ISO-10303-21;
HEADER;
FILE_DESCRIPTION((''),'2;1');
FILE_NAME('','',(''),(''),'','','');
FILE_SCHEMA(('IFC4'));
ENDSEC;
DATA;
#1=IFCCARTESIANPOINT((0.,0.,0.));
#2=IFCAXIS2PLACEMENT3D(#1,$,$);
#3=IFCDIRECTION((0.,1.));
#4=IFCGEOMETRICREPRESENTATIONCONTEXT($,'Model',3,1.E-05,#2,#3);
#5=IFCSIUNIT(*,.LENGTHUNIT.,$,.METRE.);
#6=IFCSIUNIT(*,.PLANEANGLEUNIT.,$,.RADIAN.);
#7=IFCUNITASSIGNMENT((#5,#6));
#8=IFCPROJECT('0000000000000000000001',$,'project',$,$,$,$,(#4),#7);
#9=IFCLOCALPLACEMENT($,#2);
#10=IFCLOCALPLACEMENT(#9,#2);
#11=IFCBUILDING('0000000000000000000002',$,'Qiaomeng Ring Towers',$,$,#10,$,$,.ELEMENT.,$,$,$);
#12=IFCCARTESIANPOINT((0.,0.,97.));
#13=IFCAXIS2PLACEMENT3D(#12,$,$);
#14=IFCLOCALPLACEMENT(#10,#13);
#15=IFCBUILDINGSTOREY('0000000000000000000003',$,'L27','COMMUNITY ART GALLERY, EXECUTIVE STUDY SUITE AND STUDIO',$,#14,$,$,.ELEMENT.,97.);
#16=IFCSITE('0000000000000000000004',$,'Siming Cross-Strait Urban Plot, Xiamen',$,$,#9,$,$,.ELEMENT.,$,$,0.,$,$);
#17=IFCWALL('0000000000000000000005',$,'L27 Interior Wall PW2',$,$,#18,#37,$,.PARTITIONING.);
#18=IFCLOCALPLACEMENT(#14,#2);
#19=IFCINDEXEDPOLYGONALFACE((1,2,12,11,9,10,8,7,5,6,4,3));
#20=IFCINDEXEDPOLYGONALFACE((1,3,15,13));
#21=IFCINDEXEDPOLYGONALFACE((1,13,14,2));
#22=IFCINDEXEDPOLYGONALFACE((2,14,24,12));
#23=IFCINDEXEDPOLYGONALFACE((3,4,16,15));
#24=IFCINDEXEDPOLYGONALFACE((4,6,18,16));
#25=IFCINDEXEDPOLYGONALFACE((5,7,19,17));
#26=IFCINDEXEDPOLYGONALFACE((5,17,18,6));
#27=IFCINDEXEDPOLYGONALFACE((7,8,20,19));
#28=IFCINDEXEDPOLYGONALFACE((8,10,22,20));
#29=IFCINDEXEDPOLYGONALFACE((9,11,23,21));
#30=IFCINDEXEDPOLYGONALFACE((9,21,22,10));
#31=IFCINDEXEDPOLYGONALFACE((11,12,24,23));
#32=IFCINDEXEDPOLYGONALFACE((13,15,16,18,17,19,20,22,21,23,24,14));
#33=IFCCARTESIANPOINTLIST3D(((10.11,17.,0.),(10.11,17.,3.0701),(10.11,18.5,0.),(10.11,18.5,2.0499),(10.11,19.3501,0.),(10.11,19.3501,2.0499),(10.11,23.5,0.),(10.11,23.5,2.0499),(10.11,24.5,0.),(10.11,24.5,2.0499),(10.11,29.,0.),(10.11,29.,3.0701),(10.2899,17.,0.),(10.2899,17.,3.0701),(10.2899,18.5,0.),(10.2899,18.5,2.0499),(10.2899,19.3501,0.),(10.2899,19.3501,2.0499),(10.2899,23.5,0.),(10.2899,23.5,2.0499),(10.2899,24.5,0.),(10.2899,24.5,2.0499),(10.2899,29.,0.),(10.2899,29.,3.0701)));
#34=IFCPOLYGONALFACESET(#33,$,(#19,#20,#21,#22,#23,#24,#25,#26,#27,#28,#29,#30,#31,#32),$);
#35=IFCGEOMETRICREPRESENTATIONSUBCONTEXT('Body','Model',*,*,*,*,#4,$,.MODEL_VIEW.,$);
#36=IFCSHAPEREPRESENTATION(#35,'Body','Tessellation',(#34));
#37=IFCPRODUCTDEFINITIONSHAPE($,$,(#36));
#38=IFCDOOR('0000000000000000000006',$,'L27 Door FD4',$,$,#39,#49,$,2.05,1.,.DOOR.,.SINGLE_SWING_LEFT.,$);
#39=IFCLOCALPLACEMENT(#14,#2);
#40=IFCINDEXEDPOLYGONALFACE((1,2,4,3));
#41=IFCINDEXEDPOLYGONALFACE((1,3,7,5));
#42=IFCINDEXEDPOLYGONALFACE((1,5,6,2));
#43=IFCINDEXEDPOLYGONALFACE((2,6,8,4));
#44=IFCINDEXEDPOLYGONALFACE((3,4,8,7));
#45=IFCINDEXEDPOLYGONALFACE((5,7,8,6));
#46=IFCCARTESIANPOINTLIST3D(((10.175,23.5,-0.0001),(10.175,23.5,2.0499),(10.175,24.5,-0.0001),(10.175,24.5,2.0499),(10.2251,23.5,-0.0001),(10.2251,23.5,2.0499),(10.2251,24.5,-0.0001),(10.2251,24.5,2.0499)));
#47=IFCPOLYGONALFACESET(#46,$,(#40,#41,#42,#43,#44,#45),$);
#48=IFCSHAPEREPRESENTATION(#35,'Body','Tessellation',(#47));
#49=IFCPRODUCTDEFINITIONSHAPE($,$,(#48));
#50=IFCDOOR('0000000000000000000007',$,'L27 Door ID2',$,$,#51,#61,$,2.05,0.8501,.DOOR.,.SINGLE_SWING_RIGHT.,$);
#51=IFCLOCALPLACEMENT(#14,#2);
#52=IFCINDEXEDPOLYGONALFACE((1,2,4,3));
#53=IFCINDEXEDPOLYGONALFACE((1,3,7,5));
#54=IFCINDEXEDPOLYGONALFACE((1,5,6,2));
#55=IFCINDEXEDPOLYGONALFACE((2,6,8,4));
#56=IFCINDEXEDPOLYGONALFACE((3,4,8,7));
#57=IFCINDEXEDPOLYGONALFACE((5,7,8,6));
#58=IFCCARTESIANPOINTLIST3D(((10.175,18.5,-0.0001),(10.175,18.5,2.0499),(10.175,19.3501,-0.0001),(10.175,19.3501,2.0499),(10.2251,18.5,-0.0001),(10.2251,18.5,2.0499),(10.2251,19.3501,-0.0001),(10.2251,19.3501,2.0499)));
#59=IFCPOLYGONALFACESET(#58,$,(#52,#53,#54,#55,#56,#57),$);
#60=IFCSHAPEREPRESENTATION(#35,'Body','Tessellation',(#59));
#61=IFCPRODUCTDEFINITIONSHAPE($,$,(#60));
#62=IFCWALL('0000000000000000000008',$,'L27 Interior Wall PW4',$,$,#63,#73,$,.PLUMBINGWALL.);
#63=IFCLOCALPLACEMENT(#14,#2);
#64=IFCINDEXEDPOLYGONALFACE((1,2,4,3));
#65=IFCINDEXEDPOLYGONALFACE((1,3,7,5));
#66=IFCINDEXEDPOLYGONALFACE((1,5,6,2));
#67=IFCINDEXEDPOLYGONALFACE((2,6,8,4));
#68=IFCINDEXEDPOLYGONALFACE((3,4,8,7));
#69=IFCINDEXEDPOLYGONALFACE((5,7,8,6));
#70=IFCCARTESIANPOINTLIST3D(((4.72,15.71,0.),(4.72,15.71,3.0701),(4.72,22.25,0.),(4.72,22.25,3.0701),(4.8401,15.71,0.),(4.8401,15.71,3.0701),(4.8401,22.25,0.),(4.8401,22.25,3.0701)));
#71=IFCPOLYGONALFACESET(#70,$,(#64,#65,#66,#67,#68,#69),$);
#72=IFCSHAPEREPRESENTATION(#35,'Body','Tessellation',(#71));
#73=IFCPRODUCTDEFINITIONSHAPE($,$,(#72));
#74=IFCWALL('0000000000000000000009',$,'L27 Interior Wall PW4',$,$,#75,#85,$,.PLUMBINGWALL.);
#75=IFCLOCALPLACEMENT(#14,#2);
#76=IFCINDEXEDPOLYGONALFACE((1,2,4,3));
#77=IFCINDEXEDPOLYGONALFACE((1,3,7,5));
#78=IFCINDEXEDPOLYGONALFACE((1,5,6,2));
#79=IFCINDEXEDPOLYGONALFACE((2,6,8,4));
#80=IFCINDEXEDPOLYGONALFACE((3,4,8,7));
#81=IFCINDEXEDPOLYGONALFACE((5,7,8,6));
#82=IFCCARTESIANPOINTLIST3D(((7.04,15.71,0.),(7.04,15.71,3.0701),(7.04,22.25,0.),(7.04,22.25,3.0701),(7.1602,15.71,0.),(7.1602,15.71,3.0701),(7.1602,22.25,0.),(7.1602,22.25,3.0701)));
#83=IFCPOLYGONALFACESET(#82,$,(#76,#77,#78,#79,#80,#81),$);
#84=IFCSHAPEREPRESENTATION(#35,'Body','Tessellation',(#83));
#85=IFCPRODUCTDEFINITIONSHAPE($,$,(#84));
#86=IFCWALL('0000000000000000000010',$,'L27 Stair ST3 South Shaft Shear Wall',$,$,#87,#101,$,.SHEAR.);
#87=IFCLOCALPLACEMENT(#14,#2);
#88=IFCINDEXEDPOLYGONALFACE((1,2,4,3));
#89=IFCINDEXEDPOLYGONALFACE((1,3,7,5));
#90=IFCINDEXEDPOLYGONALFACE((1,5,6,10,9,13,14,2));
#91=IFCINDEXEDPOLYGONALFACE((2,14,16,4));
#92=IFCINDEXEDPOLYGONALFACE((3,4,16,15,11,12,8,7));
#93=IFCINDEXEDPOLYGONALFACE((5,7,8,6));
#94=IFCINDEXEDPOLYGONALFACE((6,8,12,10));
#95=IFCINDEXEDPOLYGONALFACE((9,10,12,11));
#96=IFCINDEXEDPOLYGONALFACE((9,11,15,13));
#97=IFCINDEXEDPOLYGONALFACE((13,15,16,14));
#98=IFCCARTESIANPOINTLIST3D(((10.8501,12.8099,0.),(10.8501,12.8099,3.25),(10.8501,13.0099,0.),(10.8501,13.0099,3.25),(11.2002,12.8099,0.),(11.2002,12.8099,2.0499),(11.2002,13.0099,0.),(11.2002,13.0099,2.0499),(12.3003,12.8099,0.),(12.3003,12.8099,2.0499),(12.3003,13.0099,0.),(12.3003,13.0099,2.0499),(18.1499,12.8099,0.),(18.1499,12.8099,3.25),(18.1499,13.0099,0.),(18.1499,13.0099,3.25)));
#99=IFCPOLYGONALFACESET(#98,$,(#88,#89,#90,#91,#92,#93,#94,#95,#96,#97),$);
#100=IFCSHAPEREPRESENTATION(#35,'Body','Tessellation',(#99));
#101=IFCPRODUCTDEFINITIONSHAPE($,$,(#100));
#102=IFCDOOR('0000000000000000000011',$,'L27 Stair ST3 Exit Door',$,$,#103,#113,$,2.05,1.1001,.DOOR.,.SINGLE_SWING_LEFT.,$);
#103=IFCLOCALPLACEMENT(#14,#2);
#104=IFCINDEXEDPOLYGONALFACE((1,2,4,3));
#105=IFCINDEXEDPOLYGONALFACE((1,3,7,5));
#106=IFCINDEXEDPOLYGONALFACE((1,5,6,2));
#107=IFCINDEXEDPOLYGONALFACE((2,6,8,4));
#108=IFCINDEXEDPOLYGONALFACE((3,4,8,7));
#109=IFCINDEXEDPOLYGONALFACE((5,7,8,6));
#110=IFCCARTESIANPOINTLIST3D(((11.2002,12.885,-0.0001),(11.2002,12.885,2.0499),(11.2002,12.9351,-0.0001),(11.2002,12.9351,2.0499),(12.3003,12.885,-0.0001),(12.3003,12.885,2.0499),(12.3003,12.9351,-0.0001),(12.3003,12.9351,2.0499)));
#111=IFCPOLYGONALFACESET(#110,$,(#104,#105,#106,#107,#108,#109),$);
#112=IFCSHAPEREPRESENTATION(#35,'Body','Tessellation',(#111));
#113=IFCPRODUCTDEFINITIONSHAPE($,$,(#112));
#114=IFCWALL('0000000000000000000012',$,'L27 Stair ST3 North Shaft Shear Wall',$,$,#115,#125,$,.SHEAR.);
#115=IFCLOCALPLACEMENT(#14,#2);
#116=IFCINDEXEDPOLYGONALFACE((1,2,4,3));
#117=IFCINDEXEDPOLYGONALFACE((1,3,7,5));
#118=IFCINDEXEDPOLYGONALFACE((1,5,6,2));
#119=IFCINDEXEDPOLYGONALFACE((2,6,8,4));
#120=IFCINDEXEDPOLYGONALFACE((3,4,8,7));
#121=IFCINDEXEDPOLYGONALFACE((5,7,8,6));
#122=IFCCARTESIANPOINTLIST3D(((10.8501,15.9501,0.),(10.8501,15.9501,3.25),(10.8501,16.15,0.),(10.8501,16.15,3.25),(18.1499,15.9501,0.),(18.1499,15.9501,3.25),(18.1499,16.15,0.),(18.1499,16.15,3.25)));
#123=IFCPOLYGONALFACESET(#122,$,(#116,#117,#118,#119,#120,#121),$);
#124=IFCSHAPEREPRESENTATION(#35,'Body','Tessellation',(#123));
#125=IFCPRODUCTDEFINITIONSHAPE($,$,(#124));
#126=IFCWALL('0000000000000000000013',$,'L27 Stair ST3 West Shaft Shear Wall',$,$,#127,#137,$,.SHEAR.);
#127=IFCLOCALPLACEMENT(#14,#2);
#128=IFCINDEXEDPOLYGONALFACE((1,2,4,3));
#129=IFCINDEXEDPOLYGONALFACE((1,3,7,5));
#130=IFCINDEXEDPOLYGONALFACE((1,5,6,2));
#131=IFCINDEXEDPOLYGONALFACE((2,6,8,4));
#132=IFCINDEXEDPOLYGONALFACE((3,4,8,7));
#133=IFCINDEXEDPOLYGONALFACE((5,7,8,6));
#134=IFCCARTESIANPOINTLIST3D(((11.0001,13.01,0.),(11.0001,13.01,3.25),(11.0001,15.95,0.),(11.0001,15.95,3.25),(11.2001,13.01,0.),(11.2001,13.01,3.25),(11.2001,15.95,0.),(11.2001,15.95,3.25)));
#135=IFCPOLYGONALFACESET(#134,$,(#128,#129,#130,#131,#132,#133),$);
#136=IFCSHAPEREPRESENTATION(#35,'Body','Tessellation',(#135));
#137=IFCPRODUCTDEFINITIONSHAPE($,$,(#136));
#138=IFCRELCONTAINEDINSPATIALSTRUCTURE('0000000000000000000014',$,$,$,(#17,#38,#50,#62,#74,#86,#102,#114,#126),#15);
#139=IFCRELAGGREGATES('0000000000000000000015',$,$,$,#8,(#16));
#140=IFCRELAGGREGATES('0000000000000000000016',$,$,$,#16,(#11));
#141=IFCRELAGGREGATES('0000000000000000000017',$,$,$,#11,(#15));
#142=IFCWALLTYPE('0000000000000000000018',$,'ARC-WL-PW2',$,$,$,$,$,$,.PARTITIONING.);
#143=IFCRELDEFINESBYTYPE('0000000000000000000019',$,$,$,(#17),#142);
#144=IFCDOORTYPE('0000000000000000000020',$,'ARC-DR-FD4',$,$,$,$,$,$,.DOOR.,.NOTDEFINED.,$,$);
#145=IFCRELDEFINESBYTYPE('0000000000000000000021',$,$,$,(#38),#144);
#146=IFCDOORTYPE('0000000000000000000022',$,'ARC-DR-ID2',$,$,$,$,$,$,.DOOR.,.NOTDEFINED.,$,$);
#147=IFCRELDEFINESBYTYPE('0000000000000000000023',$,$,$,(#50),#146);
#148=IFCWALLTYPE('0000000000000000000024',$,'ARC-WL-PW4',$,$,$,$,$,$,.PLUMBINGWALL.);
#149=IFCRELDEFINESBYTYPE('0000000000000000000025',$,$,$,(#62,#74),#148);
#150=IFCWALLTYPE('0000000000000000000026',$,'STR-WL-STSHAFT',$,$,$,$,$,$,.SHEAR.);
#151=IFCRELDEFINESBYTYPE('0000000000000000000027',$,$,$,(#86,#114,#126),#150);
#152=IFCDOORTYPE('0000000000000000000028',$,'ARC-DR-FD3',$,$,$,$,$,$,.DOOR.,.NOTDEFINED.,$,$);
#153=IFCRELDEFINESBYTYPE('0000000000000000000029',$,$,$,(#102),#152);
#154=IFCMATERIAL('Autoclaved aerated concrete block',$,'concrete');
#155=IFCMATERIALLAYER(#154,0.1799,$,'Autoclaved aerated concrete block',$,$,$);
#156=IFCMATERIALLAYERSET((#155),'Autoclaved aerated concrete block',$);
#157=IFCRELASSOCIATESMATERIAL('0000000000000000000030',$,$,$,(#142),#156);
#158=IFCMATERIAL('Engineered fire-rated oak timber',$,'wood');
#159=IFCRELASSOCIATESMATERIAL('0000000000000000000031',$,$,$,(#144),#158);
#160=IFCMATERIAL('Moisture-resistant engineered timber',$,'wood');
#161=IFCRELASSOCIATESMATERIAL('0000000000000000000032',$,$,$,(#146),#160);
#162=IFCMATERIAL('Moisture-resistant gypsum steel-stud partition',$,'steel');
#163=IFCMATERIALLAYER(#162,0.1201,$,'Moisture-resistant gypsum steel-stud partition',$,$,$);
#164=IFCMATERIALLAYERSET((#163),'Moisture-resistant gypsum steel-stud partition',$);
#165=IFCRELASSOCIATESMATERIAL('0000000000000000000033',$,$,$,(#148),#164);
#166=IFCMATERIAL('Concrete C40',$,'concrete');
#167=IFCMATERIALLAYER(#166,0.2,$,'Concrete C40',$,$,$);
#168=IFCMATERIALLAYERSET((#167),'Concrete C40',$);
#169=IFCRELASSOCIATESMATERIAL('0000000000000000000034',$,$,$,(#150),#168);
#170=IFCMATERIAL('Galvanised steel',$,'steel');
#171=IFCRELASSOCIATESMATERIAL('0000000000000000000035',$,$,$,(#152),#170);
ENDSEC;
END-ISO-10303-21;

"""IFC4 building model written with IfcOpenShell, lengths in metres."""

from ifc_helpers import new_model, si_unit, direction, frame, frame_2d, origin, place, context, subcontext, project, spatial, rectangle, extrude, source, transform, mapped, material, layer, layer_set, type_object, element, fill, save


model = new_model("IFC4")

# Units and contexts
model_context = context("Model", 3, precision=1e-05, world=origin(), true_north=direction((0.0, 1.0)))
body_context = subcontext(model_context, "Body", "Model", "MODEL_VIEW")
ifc_project = project(units=[si_unit("LENGTHUNIT", "METRE"), si_unit("PLANEANGLEUNIT", "RADIAN")], contexts=[model_context])

# Site, building, storey
site_placement = place(None, origin())
site = spatial("IfcSite", under=ifc_project, at=site_placement, Name="Siming Cross-Strait Urban Plot, Xiamen", CompositionType="ELEMENT", RefElevation=0.0)
building_placement = place(site_placement, origin())
building = spatial("IfcBuilding", under=site, at=building_placement, Name="Qiaomeng Ring Towers", CompositionType="ELEMENT")
storey_placement = place(building_placement, frame((0.0, 0.0, 97.0)))
storey = spatial("IfcBuildingStorey", under=building, at=storey_placement, Name="L27", Description="COMMUNITY ART GALLERY, EXECUTIVE STUDY SUITE AND STUDIO", CompositionType="ELEMENT", Elevation=97.0)

# Wall, openings, doors
ifc_material_1 = material(Name="Autoclaved aerated concrete block", Category="concrete")
ifc_layer_1 = layer(ifc_material_1, 0.1799, Name="Autoclaved aerated concrete block")
ifc_layer_set_1 = layer_set([ifc_layer_1], Name="Autoclaved aerated concrete block")
wall_type_1 = type_object("IfcWallType", Name="ARC-WL-PW2", PredefinedType="PARTITIONING", material=ifc_layer_set_1)
wall_1_placement = place(storey_placement, frame((10.2, 17.0, 0.0), z_axis=(0.0, 0.0, 1.0), x_axis=(0.0, 1.0, 0.0)))
wall_1 = element("IfcWall", 1, at=wall_1_placement, inside=storey, type_object=wall_type_1, Name="L27 Interior Wall PW2", PredefinedType="PARTITIONING", context=body_context, shape_type="SweptSolid", body=[
    extrude(rectangle(XDim=12.0, YDim=0.1799, at=frame_2d((6.0, 0.0))), origin(), (0.0, 0.0, 1.0), 3.0701),
])
opening_1_placement = place(wall_1_placement, frame((1.5, 0.0, 0.0)))
opening_1 = element("IfcOpeningElement", 2, at=opening_1_placement, cuts=wall_1, PredefinedType="OPENING", context=body_context, shape_type="SweptSolid", body=[
    extrude(rectangle(XDim=0.8501, YDim=2.05, at=frame_2d((0.425, 1.0249))), frame((0.0, 0.0999, 0.0), z_axis=(0.0, -1.0, 0.0), x_axis=(1.0, 0.0, 0.0)), (0.0, 0.0, 1.0), 0.2),
])
opening_2_placement = place(wall_1_placement, frame((6.5, 0.0, 0.0)))
opening_2 = element("IfcOpeningElement", 3, at=opening_2_placement, cuts=wall_1, PredefinedType="OPENING", context=body_context, shape_type="SweptSolid", body=[
    extrude(rectangle(XDim=1.0, YDim=2.05, at=frame_2d((0.5, 1.0249))), frame((0.0, 0.0999, 0.0), z_axis=(0.0, -1.0, 0.0), x_axis=(1.0, 0.0, 0.0)), (0.0, 0.0, 1.0), 0.2),
])
ifc_material_2 = material(Name="Engineered fire-rated oak timber", Category="wood")
door_type_1 = type_object("IfcDoorType", Name="ARC-DR-FD4", OperationType="NOTDEFINED", PredefinedType="DOOR", material=ifc_material_2)
shared_shape_1 = source(origin(), body_context, "Body", "SweptSolid", [
    extrude(rectangle(XDim=1.0, YDim=2.05, at=frame_2d((0.5, 1.0249))), frame((0.0, 0.0249, 0.0), z_axis=(0.0, -1.0, 0.0), x_axis=(1.0, 0.0, 0.0)), (0.0, 0.0, 1.0), 0.05),
])
door_1_placement = place(opening_2_placement, origin())
door_1 = element("IfcDoor", 4, at=door_1_placement, inside=storey, type_object=door_type_1, Name="L27 Door FD4", OperationType="SINGLE_SWING_LEFT", OverallHeight=2.05, OverallWidth=1.0, PredefinedType="DOOR", context=body_context, shape_type="MappedRepresentation", body=[
    mapped(shared_shape_1, transform((0.0, 0.0, 0.0), x_axis=(1.0, 0.0, 0.0), y_axis=(0.0, 1.0, 0.0), z_axis=(0.0, 0.0, 1.0), scale=1.0)),
])
fill(opening_2, door_1)
ifc_material_3 = material(Name="Moisture-resistant engineered timber", Category="wood")
door_type_2 = type_object("IfcDoorType", Name="ARC-DR-ID2", OperationType="NOTDEFINED", PredefinedType="DOOR", material=ifc_material_3)
shared_shape_2 = source(origin(), body_context, "Body", "SweptSolid", [
    extrude(rectangle(XDim=0.8501, YDim=2.05, at=frame_2d((0.425, 1.0249))), frame((0.0, 0.0249, 0.0), z_axis=(0.0, -1.0, 0.0), x_axis=(1.0, 0.0, 0.0)), (0.0, 0.0, 1.0), 0.05),
])
door_2_placement = place(opening_1_placement, origin())
door_2 = element("IfcDoor", 5, at=door_2_placement, inside=storey, type_object=door_type_2, Name="L27 Door ID2", OperationType="SINGLE_SWING_RIGHT", OverallHeight=2.05, OverallWidth=0.8501, PredefinedType="DOOR", context=body_context, shape_type="MappedRepresentation", body=[
    mapped(shared_shape_2, transform((0.0, 0.0, 0.0), x_axis=(1.0, 0.0, 0.0), y_axis=(0.0, 1.0, 0.0), z_axis=(0.0, 0.0, 1.0), scale=1.0)),
])
fill(opening_1, door_2)

# Walls
ifc_material_4 = material(Name="Moisture-resistant gypsum steel-stud partition", Category="steel")
ifc_layer_2 = layer(ifc_material_4, 0.1201, Name="Moisture-resistant gypsum steel-stud partition")
ifc_layer_set_2 = layer_set([ifc_layer_2], Name="Moisture-resistant gypsum steel-stud partition")
wall_type_2 = type_object("IfcWallType", Name="ARC-WL-PW4", PredefinedType="PLUMBINGWALL", material=ifc_layer_set_2)
for number, where, z_axis, x_axis, name in (
    (6, (4.78, 15.71, 0.0), (0.0, 0.0, 1.0), (0.0, 1.0, 0.0), "L27 Interior Wall PW4"),
    (7, (7.1001, 15.71, 0.0), (0.0, 0.0, 1.0), (0.0, 1.0, 0.0), "L27 Interior Wall PW4"),
):
    element("IfcWall", number, at=place(storey_placement, frame(where, z_axis=z_axis, x_axis=x_axis)), inside=storey, type_object=wall_type_2, Name=name, PredefinedType="PLUMBINGWALL", context=body_context, shape_type="SweptSolid", body=[
        extrude(rectangle(XDim=6.54, YDim=0.1201, at=frame_2d((3.27, 0.0))), origin(), (0.0, 0.0, 1.0), 3.0701),
    ])

# Wall, opening, door
ifc_material_5 = material(Name="Concrete C40", Category="concrete")
ifc_layer_3 = layer(ifc_material_5, 0.2, Name="Concrete C40")
ifc_layer_set_3 = layer_set([ifc_layer_3], Name="Concrete C40")
wall_type_3 = type_object("IfcWallType", Name="STR-WL-STSHAFT", PredefinedType="SHEAR", material=ifc_layer_set_3)
wall_2_placement = place(storey_placement, frame((10.8501, 12.9099, 0.0), z_axis=(0.0, 0.0, 1.0), x_axis=(1.0, 0.0, 0.0)))
wall_2 = element("IfcWall", 8, at=wall_2_placement, inside=storey, type_object=wall_type_3, Name="L27 Stair ST3 South Shaft Shear Wall", PredefinedType="SHEAR", context=body_context, shape_type="SweptSolid", body=[
    extrude(rectangle(XDim=7.2998, YDim=0.2, at=frame_2d((3.6499, 0.0))), origin(), (0.0, 0.0, 1.0), 3.25),
])
opening_3_placement = place(wall_2_placement, frame((0.3501, 0.0, 0.0)))
opening_3 = element("IfcOpeningElement", 9, at=opening_3_placement, cuts=wall_2, PredefinedType="OPENING", context=body_context, shape_type="SweptSolid", body=[
    extrude(rectangle(XDim=1.1001, YDim=2.05, at=frame_2d((0.55, 1.0249))), frame((0.0, 0.1099, 0.0), z_axis=(0.0, -1.0, 0.0), x_axis=(1.0, 0.0, 0.0)), (0.0, 0.0, 1.0), 0.22),
])
ifc_material_6 = material(Name="Galvanised steel", Category="steel")
door_type_3 = type_object("IfcDoorType", Name="ARC-DR-FD3", OperationType="NOTDEFINED", PredefinedType="DOOR", material=ifc_material_6)
shared_shape_3 = source(origin(), body_context, "Body", "SweptSolid", [
    extrude(rectangle(XDim=1.1001, YDim=2.05, at=frame_2d((0.55, 1.0249))), frame((0.0, 0.0249, 0.0), z_axis=(0.0, -1.0, 0.0), x_axis=(1.0, 0.0, 0.0)), (0.0, 0.0, 1.0), 0.05),
])
door_3_placement = place(opening_3_placement, frame((1.1001, 0.0, 0.0), z_axis=(0.0, 0.0, 1.0), x_axis=(-1.0, 0.0, 0.0)))
door_3 = element("IfcDoor", 10, at=door_3_placement, inside=storey, type_object=door_type_3, Name="L27 Stair ST3 Exit Door", OperationType="SINGLE_SWING_LEFT", OverallHeight=2.05, OverallWidth=1.1001, PredefinedType="DOOR", context=body_context, shape_type="MappedRepresentation", body=[
    mapped(shared_shape_3, transform((0.0, 0.0, 0.0), x_axis=(1.0, 0.0, 0.0), y_axis=(0.0, 1.0, 0.0), z_axis=(0.0, 0.0, 1.0), scale=1.0)),
])
fill(opening_3, door_3)

# Walls
wall_3_placement = place(storey_placement, frame((10.8501, 16.05, 0.0), z_axis=(0.0, 0.0, 1.0), x_axis=(1.0, 0.0, 0.0)))
element("IfcWall", 11, at=wall_3_placement, inside=storey, type_object=wall_type_3, Name="L27 Stair ST3 North Shaft Shear Wall", PredefinedType="SHEAR", context=body_context, shape_type="SweptSolid", body=[
    extrude(rectangle(XDim=7.2998, YDim=0.2, at=frame_2d((3.6499, 0.0))), origin(), (0.0, 0.0, 1.0), 3.25),
])
wall_4_placement = place(storey_placement, frame((11.1001, 13.01, 0.0), z_axis=(0.0, 0.0, 1.0), x_axis=(0.0, 1.0, 0.0)))
element("IfcWall", 12, at=wall_4_placement, inside=storey, type_object=wall_type_3, Name="L27 Stair ST3 West Shaft Shear Wall", PredefinedType="SHEAR", context=body_context, shape_type="SweptSolid", body=[
    extrude(rectangle(XDim=2.9399, YDim=0.2, at=frame_2d((1.47, 0.0))), origin(), (0.0, 0.0, 1.0), 3.25),
])

save(model, "model.ifc")
